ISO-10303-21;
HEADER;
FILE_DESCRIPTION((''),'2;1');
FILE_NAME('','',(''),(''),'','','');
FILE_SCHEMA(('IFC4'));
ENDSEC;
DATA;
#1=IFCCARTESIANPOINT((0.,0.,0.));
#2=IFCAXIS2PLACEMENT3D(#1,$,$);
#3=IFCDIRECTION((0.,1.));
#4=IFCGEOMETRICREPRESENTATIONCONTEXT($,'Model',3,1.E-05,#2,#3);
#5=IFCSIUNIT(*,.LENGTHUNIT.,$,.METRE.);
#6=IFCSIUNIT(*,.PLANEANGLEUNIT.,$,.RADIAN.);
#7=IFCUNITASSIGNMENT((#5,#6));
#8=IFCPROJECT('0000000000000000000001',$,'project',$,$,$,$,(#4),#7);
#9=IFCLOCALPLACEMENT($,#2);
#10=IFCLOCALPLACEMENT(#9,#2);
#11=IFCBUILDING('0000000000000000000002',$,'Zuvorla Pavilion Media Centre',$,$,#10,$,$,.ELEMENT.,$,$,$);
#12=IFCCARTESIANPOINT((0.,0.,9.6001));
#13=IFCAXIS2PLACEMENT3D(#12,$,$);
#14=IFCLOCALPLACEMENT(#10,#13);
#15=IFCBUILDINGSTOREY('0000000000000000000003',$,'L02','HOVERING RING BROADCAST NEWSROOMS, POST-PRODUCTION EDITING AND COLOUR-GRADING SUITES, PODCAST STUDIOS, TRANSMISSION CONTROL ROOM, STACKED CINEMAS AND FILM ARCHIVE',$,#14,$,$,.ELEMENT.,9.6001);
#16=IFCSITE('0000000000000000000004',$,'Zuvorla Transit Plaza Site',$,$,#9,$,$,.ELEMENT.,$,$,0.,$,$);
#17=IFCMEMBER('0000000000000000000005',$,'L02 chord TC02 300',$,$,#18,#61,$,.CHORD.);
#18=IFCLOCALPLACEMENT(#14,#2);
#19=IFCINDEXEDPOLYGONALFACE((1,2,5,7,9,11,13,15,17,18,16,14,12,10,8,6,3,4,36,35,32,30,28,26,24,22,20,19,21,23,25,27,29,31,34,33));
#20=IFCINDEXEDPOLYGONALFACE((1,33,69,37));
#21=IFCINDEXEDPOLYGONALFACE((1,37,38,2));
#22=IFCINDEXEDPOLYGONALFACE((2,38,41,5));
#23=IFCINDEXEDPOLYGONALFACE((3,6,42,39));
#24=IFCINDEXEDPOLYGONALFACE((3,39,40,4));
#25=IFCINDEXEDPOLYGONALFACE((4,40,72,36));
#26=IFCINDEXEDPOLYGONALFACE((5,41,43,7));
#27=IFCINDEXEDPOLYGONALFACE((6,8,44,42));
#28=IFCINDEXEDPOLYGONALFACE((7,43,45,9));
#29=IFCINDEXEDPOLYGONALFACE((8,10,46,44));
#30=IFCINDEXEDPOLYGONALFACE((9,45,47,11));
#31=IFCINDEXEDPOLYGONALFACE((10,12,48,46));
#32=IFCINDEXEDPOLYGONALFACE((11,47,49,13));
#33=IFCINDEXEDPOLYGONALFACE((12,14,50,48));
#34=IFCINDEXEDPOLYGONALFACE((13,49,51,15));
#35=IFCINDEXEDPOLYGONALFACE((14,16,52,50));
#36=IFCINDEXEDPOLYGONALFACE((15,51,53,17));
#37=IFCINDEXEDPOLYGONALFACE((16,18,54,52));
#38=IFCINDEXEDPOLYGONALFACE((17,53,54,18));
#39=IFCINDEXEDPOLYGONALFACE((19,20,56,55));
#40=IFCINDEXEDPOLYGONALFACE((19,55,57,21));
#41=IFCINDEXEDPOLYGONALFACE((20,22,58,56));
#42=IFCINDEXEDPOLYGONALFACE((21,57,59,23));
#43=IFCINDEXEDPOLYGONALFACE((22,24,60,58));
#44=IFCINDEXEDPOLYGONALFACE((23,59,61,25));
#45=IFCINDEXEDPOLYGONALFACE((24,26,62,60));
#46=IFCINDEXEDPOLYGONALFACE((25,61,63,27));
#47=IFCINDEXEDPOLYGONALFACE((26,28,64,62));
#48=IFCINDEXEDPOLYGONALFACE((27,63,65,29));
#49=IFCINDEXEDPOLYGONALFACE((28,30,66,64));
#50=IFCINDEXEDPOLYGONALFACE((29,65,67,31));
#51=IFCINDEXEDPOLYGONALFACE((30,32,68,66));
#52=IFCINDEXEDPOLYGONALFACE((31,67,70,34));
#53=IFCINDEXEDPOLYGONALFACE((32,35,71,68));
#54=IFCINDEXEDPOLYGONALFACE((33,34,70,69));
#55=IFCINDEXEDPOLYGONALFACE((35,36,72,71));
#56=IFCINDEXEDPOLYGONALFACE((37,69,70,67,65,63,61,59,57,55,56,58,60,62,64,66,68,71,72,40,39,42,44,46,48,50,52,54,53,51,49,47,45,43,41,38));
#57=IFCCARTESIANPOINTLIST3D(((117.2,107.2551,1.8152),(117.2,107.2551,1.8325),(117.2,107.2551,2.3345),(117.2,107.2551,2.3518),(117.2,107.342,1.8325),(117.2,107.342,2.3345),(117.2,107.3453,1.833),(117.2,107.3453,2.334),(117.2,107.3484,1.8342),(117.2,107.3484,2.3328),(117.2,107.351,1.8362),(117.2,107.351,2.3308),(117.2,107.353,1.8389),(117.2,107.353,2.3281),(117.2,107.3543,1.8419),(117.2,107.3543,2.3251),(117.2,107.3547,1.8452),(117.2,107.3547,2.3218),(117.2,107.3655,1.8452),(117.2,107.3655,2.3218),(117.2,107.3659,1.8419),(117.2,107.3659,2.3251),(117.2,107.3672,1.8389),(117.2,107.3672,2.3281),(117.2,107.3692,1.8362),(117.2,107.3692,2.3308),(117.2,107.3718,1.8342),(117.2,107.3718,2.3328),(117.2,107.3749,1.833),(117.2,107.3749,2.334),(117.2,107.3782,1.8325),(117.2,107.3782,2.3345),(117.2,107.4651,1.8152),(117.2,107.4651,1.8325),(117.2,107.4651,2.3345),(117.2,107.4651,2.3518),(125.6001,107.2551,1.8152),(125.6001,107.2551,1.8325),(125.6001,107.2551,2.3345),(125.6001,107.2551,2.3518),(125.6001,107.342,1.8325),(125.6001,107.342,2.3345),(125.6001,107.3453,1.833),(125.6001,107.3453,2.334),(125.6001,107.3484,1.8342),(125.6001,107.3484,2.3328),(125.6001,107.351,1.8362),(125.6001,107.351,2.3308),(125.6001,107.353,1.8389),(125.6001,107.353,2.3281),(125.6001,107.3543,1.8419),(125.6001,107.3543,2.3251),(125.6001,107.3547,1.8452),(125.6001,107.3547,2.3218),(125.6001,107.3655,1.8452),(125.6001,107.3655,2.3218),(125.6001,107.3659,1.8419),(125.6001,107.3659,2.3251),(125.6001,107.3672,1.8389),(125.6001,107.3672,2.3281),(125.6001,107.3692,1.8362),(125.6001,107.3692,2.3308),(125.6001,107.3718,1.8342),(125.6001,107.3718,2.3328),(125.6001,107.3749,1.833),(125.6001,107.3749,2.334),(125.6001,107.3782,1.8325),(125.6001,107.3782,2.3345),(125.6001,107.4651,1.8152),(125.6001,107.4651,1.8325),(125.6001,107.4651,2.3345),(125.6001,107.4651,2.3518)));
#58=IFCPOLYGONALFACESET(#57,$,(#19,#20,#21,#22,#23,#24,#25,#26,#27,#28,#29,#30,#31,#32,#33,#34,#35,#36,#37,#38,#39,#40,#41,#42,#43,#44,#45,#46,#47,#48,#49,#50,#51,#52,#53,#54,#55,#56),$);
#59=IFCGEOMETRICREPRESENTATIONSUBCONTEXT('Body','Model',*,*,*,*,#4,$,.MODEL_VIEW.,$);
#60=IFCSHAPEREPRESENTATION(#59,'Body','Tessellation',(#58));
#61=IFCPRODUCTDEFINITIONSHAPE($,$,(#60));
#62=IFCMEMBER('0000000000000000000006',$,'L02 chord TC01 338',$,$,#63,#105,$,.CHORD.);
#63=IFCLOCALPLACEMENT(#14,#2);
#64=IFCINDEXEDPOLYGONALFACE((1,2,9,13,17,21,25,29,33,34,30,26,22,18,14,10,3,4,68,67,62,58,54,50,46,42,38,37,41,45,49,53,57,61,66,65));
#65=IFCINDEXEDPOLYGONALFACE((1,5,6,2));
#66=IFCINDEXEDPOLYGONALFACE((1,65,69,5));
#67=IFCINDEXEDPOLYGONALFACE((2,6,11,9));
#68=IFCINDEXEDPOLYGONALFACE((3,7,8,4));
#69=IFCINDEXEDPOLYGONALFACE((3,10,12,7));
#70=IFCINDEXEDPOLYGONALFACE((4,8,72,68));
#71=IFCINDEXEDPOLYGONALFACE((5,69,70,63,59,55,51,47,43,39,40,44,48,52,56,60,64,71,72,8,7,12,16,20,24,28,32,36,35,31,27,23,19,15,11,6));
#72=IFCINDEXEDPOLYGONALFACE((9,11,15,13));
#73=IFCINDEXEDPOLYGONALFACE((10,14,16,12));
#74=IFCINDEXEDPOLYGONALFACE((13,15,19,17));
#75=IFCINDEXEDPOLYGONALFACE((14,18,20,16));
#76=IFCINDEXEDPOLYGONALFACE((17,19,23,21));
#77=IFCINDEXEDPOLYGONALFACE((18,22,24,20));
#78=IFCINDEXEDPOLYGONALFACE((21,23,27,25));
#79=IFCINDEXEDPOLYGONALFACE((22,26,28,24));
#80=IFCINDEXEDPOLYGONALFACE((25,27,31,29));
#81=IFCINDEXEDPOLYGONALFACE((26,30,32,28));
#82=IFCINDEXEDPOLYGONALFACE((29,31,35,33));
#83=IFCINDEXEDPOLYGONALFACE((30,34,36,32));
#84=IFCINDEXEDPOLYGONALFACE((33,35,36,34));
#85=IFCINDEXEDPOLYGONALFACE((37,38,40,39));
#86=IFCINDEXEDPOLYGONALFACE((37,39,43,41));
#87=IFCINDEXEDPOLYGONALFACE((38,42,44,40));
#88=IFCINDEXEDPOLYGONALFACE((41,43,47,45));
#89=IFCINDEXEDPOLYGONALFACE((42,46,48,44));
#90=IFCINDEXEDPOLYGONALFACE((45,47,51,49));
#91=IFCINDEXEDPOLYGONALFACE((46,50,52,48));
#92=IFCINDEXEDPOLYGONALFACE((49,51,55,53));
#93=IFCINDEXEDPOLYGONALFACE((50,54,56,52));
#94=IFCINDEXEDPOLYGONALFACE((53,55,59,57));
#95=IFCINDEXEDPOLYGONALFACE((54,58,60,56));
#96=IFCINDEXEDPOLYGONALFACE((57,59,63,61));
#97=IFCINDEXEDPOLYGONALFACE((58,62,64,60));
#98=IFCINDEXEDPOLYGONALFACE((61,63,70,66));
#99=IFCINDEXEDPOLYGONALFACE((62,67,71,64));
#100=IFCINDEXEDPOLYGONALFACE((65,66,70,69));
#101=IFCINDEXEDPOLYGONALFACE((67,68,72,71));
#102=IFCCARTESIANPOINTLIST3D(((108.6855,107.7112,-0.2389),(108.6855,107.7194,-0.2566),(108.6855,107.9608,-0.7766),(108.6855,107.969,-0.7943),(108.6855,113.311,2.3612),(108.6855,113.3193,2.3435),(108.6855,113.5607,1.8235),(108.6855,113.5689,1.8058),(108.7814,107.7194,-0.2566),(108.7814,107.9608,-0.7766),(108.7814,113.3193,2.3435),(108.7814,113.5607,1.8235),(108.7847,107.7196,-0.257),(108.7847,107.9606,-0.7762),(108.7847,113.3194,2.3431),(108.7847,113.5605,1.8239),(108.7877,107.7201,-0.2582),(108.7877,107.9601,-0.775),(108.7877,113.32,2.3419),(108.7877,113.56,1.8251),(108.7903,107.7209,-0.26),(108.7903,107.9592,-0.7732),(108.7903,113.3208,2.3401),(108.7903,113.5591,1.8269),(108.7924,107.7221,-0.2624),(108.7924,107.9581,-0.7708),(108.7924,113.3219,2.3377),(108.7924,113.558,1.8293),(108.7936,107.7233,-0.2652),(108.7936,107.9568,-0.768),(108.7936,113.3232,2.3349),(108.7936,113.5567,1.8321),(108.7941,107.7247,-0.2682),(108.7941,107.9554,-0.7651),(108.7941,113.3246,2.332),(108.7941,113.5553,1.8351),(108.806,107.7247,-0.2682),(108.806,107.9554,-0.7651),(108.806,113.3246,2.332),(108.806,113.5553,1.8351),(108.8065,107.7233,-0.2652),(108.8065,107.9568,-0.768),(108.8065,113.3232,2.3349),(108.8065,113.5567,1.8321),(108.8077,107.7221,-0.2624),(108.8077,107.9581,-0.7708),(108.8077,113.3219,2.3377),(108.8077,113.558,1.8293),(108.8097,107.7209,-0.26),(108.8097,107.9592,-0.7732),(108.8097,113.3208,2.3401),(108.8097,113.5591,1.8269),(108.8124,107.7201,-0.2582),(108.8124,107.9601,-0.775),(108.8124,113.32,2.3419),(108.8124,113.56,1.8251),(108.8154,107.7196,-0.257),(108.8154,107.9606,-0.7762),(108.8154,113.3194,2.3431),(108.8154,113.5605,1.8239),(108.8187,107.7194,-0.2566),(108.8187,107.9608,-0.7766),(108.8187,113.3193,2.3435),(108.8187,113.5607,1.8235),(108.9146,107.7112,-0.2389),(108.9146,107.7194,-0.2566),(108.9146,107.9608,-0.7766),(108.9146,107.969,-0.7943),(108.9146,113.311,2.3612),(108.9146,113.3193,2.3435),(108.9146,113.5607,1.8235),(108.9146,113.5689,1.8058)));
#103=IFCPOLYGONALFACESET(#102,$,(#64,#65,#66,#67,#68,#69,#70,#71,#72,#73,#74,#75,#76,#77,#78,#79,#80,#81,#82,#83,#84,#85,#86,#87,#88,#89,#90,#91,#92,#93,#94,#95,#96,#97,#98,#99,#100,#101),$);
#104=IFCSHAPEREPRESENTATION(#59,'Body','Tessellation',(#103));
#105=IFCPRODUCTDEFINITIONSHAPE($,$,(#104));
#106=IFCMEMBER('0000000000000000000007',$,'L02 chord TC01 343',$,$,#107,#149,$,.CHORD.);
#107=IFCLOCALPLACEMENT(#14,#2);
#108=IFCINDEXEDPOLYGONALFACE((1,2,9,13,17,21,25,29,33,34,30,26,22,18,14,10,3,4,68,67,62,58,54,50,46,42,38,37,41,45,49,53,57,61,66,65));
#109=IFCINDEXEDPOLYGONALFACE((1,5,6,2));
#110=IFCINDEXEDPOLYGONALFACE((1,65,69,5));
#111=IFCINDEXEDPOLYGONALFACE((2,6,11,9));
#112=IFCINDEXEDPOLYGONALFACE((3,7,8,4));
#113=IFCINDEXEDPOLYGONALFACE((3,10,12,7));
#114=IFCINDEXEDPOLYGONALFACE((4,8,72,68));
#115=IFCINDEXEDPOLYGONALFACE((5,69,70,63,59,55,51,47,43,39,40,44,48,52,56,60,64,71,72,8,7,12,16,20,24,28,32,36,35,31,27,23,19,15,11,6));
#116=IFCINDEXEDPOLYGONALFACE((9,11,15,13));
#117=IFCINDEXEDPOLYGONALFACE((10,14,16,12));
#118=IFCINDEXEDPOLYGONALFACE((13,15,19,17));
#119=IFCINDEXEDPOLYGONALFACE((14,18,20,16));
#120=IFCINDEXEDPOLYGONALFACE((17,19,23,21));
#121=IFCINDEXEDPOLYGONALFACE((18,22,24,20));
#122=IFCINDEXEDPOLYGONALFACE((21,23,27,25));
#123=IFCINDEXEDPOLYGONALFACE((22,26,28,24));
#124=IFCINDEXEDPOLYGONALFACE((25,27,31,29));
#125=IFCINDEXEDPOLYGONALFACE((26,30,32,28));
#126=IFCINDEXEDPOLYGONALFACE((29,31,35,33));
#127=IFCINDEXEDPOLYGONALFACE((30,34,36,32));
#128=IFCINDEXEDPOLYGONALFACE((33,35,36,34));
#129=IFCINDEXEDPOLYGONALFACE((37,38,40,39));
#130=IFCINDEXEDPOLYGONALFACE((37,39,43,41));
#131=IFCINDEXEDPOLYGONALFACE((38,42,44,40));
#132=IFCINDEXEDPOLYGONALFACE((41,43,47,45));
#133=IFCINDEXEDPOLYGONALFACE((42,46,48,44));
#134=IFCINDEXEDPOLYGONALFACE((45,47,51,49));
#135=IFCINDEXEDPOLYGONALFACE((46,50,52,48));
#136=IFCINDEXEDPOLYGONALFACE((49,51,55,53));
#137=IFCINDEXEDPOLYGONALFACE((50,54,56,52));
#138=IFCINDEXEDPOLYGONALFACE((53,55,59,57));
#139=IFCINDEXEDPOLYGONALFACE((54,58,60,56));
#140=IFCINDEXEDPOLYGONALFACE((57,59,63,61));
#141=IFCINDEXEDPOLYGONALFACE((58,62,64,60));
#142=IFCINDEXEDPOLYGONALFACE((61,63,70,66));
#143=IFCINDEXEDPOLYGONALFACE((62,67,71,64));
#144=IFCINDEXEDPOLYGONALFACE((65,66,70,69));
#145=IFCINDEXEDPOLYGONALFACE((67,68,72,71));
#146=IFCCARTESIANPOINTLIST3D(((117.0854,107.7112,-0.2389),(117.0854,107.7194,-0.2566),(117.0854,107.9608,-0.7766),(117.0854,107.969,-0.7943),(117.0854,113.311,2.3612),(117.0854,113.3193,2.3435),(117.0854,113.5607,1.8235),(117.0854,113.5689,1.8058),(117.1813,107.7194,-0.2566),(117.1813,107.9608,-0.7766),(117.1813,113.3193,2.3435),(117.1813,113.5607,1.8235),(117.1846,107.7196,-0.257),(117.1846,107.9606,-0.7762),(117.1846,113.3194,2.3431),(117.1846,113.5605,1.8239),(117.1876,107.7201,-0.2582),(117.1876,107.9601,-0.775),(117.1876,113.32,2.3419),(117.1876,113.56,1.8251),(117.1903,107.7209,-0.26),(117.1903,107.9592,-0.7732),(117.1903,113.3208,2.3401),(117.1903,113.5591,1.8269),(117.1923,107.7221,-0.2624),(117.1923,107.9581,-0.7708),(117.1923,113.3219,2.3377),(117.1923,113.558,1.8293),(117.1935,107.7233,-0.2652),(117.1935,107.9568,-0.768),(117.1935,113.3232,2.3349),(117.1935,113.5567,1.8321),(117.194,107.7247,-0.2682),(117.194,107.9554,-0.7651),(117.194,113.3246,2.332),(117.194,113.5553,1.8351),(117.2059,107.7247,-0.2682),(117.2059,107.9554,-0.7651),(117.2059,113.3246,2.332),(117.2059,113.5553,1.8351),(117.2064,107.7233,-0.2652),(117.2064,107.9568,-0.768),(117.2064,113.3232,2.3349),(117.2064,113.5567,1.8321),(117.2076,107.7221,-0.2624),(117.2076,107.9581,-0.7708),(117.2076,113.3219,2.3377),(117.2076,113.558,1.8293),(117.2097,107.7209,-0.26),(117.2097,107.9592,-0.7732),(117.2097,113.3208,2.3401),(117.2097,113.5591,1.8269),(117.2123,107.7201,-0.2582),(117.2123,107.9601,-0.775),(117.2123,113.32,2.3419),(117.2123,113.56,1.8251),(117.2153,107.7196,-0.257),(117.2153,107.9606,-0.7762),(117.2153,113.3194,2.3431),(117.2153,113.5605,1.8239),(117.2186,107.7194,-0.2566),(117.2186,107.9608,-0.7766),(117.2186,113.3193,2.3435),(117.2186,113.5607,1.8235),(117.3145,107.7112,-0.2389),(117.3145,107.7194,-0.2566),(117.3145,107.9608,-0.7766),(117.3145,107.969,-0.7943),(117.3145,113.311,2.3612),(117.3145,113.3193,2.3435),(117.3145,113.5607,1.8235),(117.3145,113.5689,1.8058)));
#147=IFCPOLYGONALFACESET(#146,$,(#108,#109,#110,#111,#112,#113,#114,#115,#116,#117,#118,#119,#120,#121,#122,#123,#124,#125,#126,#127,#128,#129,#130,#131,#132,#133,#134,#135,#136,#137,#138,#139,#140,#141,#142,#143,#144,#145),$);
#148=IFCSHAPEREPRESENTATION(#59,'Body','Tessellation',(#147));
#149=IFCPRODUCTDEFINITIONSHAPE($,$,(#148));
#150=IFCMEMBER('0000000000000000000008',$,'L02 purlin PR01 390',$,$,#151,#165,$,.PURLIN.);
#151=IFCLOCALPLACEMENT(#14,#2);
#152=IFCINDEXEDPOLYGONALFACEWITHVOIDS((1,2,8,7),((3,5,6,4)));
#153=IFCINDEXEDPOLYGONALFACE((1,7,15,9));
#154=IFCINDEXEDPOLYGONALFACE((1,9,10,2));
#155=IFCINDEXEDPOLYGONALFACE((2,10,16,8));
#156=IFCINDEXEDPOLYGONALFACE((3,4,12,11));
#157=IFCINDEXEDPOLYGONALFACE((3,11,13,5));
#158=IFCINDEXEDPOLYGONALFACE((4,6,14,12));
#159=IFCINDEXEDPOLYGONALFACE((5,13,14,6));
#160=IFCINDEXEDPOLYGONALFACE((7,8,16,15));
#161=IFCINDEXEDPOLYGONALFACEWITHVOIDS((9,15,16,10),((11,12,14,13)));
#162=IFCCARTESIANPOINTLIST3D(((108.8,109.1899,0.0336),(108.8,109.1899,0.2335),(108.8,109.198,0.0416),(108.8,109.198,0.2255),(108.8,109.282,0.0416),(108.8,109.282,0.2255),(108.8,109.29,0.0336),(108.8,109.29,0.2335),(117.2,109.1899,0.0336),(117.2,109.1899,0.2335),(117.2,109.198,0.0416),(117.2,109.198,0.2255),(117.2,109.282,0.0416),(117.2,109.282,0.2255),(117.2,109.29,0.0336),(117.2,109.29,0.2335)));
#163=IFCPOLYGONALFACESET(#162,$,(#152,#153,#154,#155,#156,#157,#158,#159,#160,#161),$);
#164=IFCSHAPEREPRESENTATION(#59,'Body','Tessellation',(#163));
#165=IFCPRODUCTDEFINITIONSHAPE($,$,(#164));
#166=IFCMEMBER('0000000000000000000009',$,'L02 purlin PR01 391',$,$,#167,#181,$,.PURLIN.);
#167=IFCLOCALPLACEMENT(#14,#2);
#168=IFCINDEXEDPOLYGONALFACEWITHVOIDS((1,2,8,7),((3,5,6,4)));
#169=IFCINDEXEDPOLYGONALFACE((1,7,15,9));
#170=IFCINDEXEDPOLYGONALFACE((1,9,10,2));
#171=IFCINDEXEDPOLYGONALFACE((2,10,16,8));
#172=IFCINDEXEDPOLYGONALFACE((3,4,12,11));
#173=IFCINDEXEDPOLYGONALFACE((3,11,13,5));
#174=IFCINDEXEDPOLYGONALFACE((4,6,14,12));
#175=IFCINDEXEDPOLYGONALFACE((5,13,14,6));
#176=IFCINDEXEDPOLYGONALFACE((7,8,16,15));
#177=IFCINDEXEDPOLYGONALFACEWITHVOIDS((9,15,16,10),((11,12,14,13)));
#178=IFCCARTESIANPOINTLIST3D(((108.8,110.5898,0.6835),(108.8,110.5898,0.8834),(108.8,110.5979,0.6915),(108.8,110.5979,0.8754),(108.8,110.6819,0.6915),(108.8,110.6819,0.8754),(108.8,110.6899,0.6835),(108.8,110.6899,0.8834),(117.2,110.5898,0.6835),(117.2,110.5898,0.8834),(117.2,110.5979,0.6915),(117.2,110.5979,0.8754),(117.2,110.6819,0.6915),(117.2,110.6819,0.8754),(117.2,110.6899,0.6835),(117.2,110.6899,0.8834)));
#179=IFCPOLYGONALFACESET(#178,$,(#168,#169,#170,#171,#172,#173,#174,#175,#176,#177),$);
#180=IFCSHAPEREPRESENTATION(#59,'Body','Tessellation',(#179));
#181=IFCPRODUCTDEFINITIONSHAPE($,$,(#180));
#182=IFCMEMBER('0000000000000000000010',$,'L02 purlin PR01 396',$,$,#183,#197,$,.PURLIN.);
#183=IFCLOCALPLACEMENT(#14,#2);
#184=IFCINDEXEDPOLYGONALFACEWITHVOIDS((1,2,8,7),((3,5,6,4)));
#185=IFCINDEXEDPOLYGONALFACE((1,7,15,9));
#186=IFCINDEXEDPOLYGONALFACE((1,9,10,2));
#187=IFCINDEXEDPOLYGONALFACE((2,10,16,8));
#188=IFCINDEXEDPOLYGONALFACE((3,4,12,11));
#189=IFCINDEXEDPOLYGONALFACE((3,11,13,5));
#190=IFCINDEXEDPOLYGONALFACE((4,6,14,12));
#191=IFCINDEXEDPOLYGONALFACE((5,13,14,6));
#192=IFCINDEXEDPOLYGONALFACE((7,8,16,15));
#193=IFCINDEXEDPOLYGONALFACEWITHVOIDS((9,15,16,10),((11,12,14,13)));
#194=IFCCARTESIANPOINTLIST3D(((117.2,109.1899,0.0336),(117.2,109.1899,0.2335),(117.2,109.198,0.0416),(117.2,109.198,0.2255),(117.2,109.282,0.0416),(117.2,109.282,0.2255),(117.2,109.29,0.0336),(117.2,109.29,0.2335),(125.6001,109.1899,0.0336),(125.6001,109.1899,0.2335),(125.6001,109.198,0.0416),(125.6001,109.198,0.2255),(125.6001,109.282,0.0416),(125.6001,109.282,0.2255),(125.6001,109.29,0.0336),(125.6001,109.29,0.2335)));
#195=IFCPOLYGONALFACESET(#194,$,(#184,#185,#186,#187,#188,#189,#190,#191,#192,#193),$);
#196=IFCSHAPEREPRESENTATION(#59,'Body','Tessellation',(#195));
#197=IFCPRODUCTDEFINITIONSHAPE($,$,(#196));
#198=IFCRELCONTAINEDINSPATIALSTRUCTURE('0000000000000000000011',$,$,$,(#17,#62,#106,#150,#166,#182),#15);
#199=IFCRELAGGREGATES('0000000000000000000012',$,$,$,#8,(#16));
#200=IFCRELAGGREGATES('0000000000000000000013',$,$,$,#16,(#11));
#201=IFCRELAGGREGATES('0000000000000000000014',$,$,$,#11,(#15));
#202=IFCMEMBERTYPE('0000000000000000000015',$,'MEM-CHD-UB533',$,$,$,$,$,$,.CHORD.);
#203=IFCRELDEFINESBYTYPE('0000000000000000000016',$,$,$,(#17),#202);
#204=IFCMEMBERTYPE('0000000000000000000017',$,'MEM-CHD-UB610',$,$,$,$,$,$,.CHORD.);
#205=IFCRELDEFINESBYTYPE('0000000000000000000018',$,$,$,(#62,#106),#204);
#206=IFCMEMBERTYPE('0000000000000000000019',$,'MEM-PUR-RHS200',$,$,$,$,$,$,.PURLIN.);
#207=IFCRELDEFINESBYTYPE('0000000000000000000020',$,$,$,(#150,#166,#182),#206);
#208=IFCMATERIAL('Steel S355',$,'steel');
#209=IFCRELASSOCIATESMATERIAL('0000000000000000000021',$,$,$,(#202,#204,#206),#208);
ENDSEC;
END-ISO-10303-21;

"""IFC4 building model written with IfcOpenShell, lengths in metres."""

from ifc_helpers import new_model, si_unit, direction, frame, origin, origin_2d, place, context, subcontext, project, spatial, hollow_rectangle, i_section, extrude, material, material_profile, profile_set, type_object, element, save


model = new_model("IFC4")

# Units and contexts
model_context = context("Model", 3, precision=1e-05, world=origin(), true_north=direction((0.0, 1.0)))
body_context = subcontext(model_context, "Body", "Model", "MODEL_VIEW")
ifc_project = project(units=[si_unit("LENGTHUNIT", "METRE"), si_unit("PLANEANGLEUNIT", "RADIAN")], contexts=[model_context])

# Site, building, storey
site_placement = place(None, origin())
site = spatial("IfcSite", under=ifc_project, at=site_placement, Name="Zuvorla Transit Plaza Site", CompositionType="ELEMENT", RefElevation=0.0)
building_placement = place(site_placement, origin())
building = spatial("IfcBuilding", under=site, at=building_placement, Name="Zuvorla Pavilion Media Centre", CompositionType="ELEMENT")
storey_placement = place(building_placement, frame((0.0, 0.0, 9.6001)))
storey = spatial("IfcBuildingStorey", under=building, at=storey_placement, Name="L02", Description="HOVERING RING BROADCAST NEWSROOMS, POST-PRODUCTION EDITING AND COLOUR-GRADING SUITES, PODCAST STUDIOS, TRANSMISSION CONTROL ROOM, STACKED CINEMAS AND FILM ARCHIVE", CompositionType="ELEMENT", Elevation=9.6001)

# Shared definitions
ifc_material_1 = material(Name="Steel S355", Category="steel")

# Members
ifc_material_profile_1 = material_profile(ifc_material_1, i_section(OverallWidth=0.21, OverallDepth=0.5366, WebThickness=0.0107, FlangeThickness=0.0173, FilletRadius=0.0127, at=origin_2d()), Name="UB 533x210x101")
ifc_profile_set_1 = profile_set([ifc_material_profile_1], Name="Steel S355")
member_type_1 = type_object("IfcMemberType", Name="MEM-CHD-UB533", PredefinedType="CHORD", material=ifc_profile_set_1)
member_1_placement = place(storey_placement, frame((117.2, 107.3601, 2.0835), z_axis=(1.0, 0.0, 0.0), x_axis=(0.0, 1.0, 0.0)))
element("IfcMember", 1, at=member_1_placement, inside=storey, type_object=member_type_1, Name="L02 chord TC02 300", PredefinedType="CHORD", context=body_context, shape_type="SweptSolid", body=[
    extrude(i_section(OverallWidth=0.21, OverallDepth=0.5366, WebThickness=0.0107, FlangeThickness=0.0173, FilletRadius=0.0127, at=origin_2d()), origin(), (0.0, 0.0, 1.0), 8.4001),
])
ifc_material_profile_2 = material_profile(ifc_material_1, i_section(OverallWidth=0.229, OverallDepth=0.6123, WebThickness=0.012, FlangeThickness=0.0195, FilletRadius=0.0127, at=origin_2d()), Name="UB 610x229x125")
ifc_profile_set_2 = profile_set([ifc_material_profile_2], Name="Steel S355")
member_type_2 = type_object("IfcMemberType", Name="MEM-CHD-UB610", PredefinedType="CHORD", material=ifc_profile_set_2)
for number, where, z_axis, x_axis, name in (
    (2, (108.8, 107.8401, -0.5166), (0.0, 0.906999, 0.421133), (-1.0, 0.0, 0.0), "L02 chord TC01 338"),
    (3, (117.2, 107.8401, -0.5166), (0.0, 0.906999, 0.421133), (-1.0, 0.0, 0.0), "L02 chord TC01 343"),
):
    element("IfcMember", number, at=place(storey_placement, frame(where, z_axis=z_axis, x_axis=x_axis)), inside=storey, type_object=member_type_2, Name=name, PredefinedType="CHORD", context=body_context, shape_type="SweptSolid", body=[
        extrude(i_section(OverallWidth=0.229, OverallDepth=0.6123, WebThickness=0.012, FlangeThickness=0.0195, FilletRadius=0.0127, at=origin_2d()), origin(), (0.0, 0.0, 1.0), 6.1741),
    ])
ifc_material_profile_3 = material_profile(ifc_material_1, hollow_rectangle(XDim=0.1001, YDim=0.2, WallThickness=0.0081, at=origin_2d()), Name="RHS 200x100x8")
ifc_profile_set_3 = profile_set([ifc_material_profile_3], Name="Steel S355")
member_type_3 = type_object("IfcMemberType", Name="MEM-PUR-RHS200", PredefinedType="PURLIN", material=ifc_profile_set_3)
for number, where, z_axis, x_axis, name in (
    (4, (108.8, 109.24, 0.1335), (1.0, 0.0, 0.0), (0.0, 1.0, 0.0), "L02 purlin PR01 390"),
    (5, (108.8, 110.6399, 0.7834), (1.0, 0.0, 0.0), (0.0, 1.0, 0.0), "L02 purlin PR01 391"),
):
    element("IfcMember", number, at=place(storey_placement, frame(where, z_axis=z_axis, x_axis=x_axis)), inside=storey, type_object=member_type_3, Name=name, PredefinedType="PURLIN", context=body_context, shape_type="SweptSolid", body=[
        extrude(hollow_rectangle(XDim=0.1001, YDim=0.2, WallThickness=0.0081, at=origin_2d()), origin(), (0.0, 0.0, 1.0), 8.3999),
    ])
member_2_placement = place(storey_placement, frame((117.2, 109.24, 0.1335), z_axis=(1.0, 0.0, 0.0), x_axis=(0.0, 1.0, 0.0)))
element("IfcMember", 6, at=member_2_placement, inside=storey, type_object=member_type_3, Name="L02 purlin PR01 396", PredefinedType="PURLIN", context=body_context, shape_type="SweptSolid", body=[
    extrude(hollow_rectangle(XDim=0.1001, YDim=0.2, WallThickness=0.0081, at=origin_2d()), origin(), (0.0, 0.0, 1.0), 8.4001),
])

save(model, "model.ifc")
